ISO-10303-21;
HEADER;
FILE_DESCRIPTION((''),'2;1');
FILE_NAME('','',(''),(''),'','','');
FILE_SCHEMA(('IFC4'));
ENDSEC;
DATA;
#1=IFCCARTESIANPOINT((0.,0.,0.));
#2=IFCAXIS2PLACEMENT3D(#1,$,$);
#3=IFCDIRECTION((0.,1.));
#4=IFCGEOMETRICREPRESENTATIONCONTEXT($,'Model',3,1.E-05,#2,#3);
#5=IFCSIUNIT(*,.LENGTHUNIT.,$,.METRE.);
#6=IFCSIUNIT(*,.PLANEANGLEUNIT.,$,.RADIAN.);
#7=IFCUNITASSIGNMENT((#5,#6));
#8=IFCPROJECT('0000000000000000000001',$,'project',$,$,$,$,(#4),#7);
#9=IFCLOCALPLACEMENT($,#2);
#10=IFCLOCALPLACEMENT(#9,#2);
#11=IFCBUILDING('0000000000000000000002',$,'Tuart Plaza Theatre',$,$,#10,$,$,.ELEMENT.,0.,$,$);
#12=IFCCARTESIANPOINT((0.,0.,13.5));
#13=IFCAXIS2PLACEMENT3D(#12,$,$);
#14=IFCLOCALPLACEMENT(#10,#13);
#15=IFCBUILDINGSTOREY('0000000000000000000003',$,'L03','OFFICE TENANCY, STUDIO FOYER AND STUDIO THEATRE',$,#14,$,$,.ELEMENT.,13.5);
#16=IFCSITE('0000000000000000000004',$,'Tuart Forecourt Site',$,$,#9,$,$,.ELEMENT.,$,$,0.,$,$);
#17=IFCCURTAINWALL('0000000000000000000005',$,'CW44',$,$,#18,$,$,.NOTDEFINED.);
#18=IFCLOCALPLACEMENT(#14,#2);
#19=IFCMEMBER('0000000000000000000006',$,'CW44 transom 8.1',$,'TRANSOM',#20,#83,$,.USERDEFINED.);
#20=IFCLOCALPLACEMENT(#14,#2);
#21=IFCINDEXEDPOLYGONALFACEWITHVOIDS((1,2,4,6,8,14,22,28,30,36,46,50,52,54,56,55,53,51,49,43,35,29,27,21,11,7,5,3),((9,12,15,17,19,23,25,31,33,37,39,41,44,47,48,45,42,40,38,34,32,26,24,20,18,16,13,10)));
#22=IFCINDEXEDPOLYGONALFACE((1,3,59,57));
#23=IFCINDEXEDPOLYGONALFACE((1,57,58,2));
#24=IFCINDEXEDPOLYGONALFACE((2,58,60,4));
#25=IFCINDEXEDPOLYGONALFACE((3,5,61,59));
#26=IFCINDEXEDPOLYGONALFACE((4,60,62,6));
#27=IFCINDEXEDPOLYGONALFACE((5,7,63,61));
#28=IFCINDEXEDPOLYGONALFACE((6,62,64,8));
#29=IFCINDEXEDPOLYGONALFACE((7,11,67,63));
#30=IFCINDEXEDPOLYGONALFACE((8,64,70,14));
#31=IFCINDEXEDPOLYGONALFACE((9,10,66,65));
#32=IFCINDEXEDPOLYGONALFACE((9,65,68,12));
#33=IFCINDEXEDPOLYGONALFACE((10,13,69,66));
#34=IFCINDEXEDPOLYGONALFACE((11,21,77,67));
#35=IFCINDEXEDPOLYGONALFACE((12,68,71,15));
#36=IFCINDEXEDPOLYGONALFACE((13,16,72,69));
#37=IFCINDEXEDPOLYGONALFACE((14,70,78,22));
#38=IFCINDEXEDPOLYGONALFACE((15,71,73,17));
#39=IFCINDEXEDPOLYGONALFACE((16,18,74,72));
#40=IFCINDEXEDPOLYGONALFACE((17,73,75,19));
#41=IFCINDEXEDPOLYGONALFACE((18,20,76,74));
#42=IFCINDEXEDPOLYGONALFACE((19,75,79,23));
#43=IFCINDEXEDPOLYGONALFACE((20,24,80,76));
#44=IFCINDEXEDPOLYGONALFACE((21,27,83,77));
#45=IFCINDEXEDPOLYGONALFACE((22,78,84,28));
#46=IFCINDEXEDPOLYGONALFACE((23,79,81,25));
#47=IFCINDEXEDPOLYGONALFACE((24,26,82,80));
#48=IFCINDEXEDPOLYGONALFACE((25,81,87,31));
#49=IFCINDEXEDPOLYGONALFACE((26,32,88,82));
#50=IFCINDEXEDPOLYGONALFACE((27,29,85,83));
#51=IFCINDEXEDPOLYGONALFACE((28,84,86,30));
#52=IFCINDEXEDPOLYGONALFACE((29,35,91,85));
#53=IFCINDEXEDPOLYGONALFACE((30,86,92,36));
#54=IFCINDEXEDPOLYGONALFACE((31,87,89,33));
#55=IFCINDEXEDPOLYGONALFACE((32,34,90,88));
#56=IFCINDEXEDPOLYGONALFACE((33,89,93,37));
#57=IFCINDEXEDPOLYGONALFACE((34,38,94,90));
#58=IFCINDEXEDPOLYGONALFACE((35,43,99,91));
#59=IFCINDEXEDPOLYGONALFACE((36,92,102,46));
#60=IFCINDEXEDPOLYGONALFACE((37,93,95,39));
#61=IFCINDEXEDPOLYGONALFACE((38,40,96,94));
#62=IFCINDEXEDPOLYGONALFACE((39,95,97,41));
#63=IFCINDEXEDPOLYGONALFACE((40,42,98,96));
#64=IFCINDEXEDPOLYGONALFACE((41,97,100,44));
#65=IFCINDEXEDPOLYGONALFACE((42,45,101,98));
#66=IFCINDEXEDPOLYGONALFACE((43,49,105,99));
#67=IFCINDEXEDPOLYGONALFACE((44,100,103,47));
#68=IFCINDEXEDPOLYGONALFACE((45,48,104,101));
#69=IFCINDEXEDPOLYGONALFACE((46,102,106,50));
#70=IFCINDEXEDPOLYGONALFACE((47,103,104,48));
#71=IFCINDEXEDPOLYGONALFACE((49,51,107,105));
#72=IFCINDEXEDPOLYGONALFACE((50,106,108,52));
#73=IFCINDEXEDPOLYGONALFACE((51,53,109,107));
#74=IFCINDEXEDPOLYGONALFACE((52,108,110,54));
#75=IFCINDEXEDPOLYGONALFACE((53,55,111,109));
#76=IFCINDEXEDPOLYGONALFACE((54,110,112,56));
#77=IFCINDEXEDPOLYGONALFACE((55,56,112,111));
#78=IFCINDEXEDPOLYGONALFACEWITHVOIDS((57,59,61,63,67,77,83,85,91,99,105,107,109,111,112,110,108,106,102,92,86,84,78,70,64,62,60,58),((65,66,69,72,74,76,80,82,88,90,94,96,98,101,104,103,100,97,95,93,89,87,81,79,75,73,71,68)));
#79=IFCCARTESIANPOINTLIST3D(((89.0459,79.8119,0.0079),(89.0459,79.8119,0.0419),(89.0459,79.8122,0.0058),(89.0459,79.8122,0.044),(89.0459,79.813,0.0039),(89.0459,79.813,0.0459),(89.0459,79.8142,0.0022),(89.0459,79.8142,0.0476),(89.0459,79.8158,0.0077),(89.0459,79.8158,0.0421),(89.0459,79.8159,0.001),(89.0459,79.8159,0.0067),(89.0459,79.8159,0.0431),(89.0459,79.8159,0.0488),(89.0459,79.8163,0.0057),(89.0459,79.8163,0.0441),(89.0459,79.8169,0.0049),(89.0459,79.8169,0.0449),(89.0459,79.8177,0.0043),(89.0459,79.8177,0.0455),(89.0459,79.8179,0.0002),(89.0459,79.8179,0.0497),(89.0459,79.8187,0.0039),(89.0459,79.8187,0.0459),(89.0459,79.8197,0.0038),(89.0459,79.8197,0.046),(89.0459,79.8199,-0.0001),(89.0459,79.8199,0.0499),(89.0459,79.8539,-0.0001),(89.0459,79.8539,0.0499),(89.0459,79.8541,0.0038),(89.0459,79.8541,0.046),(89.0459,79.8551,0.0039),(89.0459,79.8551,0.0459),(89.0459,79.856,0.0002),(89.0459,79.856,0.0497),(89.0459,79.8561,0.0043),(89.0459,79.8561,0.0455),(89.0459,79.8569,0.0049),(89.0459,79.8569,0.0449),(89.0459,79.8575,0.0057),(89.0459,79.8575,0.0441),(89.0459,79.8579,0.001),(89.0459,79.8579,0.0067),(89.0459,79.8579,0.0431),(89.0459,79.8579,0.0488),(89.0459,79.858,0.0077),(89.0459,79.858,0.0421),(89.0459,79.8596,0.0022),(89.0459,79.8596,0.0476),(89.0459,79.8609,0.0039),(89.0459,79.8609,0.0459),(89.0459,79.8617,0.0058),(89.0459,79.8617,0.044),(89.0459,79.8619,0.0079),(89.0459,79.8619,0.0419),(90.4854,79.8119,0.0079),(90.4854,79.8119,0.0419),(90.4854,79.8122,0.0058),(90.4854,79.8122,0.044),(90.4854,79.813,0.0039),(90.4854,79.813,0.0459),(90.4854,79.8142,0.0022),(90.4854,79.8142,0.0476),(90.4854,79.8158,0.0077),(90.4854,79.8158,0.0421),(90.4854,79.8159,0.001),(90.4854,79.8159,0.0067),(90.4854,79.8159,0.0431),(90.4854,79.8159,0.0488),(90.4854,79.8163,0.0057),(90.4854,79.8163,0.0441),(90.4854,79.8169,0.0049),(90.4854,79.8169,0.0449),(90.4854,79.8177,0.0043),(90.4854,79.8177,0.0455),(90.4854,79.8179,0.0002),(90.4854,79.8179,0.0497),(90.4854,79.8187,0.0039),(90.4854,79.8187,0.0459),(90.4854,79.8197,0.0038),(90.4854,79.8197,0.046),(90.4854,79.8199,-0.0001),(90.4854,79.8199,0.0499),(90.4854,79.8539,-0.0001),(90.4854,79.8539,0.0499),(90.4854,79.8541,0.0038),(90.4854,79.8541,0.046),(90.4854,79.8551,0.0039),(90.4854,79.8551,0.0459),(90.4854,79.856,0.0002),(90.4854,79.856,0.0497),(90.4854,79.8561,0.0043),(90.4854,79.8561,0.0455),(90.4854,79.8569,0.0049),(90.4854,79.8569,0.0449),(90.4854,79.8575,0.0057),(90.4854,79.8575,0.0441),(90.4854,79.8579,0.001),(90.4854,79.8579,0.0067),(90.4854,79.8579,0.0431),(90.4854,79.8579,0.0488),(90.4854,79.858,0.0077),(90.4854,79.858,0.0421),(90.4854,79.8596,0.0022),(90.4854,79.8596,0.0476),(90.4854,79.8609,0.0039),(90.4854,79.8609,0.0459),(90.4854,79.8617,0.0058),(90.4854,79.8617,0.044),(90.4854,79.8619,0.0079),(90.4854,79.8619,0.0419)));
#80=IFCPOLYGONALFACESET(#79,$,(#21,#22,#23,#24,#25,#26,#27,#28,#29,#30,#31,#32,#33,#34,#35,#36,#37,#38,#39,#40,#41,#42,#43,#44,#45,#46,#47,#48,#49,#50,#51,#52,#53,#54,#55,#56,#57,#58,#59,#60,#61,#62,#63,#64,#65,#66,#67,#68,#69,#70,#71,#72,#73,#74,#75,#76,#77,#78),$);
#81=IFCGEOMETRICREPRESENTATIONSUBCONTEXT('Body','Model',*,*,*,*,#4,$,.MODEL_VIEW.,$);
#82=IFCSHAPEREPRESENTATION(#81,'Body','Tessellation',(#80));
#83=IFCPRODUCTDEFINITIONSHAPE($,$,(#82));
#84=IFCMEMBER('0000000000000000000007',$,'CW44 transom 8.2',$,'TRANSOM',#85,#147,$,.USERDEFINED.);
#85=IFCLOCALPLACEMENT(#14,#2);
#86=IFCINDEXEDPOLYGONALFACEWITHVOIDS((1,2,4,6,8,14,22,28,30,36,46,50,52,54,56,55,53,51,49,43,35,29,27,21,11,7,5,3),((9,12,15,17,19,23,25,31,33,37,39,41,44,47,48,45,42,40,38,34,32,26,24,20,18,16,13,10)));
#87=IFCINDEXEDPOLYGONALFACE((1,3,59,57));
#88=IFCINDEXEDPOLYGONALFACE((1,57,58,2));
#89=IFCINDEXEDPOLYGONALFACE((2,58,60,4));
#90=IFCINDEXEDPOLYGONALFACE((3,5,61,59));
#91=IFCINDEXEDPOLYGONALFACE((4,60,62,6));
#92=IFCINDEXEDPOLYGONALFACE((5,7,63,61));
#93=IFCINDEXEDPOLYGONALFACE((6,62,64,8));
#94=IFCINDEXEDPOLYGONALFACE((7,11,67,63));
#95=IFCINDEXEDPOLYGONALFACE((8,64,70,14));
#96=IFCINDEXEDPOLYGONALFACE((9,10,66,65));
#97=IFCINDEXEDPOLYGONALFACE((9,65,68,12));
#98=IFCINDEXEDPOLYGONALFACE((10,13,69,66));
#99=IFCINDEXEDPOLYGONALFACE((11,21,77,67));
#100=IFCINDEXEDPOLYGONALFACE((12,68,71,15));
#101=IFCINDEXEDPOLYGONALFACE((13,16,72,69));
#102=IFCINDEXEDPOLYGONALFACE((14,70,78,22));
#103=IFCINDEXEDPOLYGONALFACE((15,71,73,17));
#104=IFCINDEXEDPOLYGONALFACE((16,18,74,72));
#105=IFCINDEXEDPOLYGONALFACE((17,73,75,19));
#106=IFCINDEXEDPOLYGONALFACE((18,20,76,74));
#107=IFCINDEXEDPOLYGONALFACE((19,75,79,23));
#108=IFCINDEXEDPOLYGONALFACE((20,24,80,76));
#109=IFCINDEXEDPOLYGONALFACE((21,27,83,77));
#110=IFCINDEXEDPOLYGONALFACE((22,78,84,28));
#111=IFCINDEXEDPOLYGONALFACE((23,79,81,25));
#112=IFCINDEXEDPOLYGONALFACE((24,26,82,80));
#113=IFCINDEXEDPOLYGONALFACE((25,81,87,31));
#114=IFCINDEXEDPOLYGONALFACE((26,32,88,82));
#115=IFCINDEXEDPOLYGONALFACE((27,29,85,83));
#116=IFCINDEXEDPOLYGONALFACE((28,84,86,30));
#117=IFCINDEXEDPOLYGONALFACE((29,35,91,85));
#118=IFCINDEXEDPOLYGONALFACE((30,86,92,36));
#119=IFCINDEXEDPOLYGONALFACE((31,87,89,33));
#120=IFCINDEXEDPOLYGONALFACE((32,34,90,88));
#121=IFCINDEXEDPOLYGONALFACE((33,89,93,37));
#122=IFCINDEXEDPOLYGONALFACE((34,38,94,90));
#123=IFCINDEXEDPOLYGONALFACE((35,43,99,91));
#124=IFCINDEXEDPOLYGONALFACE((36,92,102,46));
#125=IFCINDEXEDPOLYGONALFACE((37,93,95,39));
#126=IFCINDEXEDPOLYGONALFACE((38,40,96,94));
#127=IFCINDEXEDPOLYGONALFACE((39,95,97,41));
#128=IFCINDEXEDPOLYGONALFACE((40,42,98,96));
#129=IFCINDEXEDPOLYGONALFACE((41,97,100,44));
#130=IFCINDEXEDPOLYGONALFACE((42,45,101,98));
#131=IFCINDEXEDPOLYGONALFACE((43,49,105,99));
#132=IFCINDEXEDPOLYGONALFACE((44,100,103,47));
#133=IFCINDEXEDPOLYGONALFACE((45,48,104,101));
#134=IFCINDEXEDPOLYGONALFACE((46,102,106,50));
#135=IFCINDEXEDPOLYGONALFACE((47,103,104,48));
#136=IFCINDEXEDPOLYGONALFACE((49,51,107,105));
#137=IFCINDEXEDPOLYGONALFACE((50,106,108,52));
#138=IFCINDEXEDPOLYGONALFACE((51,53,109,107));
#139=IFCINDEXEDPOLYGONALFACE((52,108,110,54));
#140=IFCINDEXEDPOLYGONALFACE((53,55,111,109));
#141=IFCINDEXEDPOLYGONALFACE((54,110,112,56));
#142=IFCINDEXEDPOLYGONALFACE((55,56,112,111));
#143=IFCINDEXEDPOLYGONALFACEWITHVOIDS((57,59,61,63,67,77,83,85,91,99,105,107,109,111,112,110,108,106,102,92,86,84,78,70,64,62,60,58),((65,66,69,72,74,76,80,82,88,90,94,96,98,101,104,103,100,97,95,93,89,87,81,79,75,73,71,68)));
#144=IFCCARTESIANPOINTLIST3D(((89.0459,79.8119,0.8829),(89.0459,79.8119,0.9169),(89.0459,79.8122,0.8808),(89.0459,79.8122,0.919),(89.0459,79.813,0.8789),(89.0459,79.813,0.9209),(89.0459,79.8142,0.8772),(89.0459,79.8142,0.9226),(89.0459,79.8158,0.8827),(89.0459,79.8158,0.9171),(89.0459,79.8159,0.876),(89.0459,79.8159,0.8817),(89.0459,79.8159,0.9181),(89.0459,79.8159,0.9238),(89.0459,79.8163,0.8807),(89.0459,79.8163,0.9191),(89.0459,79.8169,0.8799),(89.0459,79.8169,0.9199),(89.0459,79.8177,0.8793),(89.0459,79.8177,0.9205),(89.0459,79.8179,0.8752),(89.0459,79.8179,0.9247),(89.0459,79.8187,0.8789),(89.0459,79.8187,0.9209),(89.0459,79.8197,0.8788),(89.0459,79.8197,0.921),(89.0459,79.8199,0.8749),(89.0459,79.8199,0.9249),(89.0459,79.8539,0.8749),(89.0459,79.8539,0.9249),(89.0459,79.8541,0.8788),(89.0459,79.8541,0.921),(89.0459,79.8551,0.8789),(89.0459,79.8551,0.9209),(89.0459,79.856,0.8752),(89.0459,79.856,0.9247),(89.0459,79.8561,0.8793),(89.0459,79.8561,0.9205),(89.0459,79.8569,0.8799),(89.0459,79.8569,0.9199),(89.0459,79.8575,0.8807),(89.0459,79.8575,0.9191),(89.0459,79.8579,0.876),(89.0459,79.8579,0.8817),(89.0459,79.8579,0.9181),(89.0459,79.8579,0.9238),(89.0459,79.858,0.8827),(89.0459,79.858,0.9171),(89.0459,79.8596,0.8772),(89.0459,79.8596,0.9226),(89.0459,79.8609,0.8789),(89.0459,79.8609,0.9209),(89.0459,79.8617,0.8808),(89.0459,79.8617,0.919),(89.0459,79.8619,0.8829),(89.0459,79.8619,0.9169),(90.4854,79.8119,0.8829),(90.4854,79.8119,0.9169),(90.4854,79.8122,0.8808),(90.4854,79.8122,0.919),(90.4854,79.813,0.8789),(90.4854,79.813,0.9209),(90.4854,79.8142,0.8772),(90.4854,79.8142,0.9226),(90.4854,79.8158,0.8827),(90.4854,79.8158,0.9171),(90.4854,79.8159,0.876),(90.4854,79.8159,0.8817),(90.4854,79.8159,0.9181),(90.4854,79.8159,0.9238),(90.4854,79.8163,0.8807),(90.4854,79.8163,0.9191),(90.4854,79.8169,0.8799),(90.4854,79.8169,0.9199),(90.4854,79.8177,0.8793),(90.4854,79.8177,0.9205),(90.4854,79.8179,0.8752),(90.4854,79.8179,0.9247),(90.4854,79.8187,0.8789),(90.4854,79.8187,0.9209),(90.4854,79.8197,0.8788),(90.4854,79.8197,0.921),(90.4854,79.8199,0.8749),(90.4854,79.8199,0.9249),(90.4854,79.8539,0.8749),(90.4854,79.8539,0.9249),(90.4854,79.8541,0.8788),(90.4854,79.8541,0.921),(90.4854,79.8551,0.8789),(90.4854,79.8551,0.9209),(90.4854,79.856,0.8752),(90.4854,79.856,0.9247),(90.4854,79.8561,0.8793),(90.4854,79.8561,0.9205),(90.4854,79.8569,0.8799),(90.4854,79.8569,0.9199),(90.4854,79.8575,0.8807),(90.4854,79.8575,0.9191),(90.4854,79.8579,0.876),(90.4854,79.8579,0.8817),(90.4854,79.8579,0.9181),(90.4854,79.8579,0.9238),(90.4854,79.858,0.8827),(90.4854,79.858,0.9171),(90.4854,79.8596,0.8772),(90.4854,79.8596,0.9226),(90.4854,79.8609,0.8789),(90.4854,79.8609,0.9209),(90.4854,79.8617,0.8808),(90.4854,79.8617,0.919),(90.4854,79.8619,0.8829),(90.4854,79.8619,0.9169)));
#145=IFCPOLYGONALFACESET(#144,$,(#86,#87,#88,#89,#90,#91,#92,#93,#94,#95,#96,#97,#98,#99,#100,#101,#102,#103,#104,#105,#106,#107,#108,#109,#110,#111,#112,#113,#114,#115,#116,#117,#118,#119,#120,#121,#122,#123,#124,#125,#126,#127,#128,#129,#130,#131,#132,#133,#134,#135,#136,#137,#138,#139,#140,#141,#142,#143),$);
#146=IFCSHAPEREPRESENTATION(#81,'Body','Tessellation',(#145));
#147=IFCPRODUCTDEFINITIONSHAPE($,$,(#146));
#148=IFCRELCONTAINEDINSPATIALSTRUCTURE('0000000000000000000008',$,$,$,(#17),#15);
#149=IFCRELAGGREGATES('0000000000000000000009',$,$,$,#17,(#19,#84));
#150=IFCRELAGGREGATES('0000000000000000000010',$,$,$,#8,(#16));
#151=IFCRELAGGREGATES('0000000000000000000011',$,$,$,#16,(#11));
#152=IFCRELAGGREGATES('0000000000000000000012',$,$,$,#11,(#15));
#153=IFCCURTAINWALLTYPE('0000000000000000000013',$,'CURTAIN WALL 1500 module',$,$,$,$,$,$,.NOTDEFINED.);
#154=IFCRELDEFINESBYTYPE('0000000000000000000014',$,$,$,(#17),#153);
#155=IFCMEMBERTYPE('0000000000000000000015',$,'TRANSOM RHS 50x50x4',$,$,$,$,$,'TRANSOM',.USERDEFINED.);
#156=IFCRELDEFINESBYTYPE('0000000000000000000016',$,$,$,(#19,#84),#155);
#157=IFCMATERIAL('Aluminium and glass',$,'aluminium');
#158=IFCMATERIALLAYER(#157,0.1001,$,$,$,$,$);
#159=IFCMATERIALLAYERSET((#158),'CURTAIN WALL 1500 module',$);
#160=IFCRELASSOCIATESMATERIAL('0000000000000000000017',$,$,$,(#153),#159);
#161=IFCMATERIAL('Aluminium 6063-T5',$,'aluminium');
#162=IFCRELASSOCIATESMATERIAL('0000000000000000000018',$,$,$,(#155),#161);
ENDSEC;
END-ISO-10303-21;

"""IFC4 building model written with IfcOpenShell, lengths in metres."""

from ifc_helpers import new_model, si_unit, direction, frame, origin, origin_2d, place, context, subcontext, project, spatial, hollow_rectangle, extrude, material, layer, layer_set, material_profile, profile_set, type_object, element, aggregate, save


model = new_model("IFC4")

# Units and contexts
model_context = context("Model", 3, precision=1e-05, world=origin(), true_north=direction((0.0, 1.0)))
body_context = subcontext(model_context, "Body", "Model", "MODEL_VIEW")
ifc_project = project(units=[si_unit("LENGTHUNIT", "METRE"), si_unit("PLANEANGLEUNIT", "RADIAN")], contexts=[model_context])

# Site, building, storey
site_placement = place(None, origin())
site = spatial("IfcSite", under=ifc_project, at=site_placement, Name="Tuart Forecourt Site", CompositionType="ELEMENT", RefElevation=0.0)
building_placement = place(site_placement, origin())
building = spatial("IfcBuilding", under=site, at=building_placement, Name="Tuart Plaza Theatre", CompositionType="ELEMENT", ElevationOfRefHeight=0.0)
storey_placement = place(building_placement, frame((0.0, 0.0, 13.5)))
storey = spatial("IfcBuildingStorey", under=building, at=storey_placement, Name="L03", Description="OFFICE TENANCY, STUDIO FOYER AND STUDIO THEATRE", CompositionType="ELEMENT", Elevation=13.5)

# Curtain wall, members
ifc_material_1 = material(Name="Aluminium and glass", Category="aluminium")
ifc_layer_1 = layer(ifc_material_1, 0.1001)
ifc_layer_set_1 = layer_set([ifc_layer_1], Name="CURTAIN WALL 1500 module")
curtain_wall_type = type_object("IfcCurtainWallType", Name="CURTAIN WALL 1500 module", PredefinedType="NOTDEFINED", material=ifc_layer_set_1)
curtain_wall_placement = place(storey_placement, origin())
curtain_wall = element("IfcCurtainWall", 1, at=curtain_wall_placement, inside=storey, type_object=curtain_wall_type, Name="CW44", PredefinedType="NOTDEFINED")
ifc_material_2 = material(Name="Aluminium 6063-T5", Category="aluminium")
ifc_material_profile_1 = material_profile(ifc_material_2, hollow_rectangle(XDim=0.05, YDim=0.05, WallThickness=0.0039, InnerFilletRadius=0.0039, OuterFilletRadius=0.0081, at=origin_2d()), Name="RHS 50x50x4")
ifc_profile_set_1 = profile_set([ifc_material_profile_1], Name="Aluminium 6063-T5")
member_type_1 = type_object("IfcMemberType", Name="TRANSOM RHS 50x50x4", ElementType="TRANSOM", PredefinedType="USERDEFINED", material=ifc_profile_set_1)
member_1_placement = place(storey_placement, frame((89.0459, 79.8369, 0.0249), z_axis=(1.0, 0.0, 0.0), x_axis=(0.0, 1.0, 0.0)))
member_1 = element("IfcMember", 2, at=member_1_placement, type_object=member_type_1, Name="CW44 transom 8.1", ObjectType="TRANSOM", PredefinedType="USERDEFINED", context=body_context, shape_type="SweptSolid", body=[
    extrude(hollow_rectangle(XDim=0.05, YDim=0.05, WallThickness=0.0039, InnerFilletRadius=0.0039, OuterFilletRadius=0.0081, at=origin_2d()), origin(), (0.0, 0.0, 1.0), 1.4395),
])
member_2_placement = place(storey_placement, frame((89.0459, 79.8369, 0.8999), z_axis=(1.0, 0.0, 0.0), x_axis=(0.0, 1.0, 0.0)))
member_2 = element("IfcMember", 3, at=member_2_placement, type_object=member_type_1, Name="CW44 transom 8.2", ObjectType="TRANSOM", PredefinedType="USERDEFINED", context=body_context, shape_type="SweptSolid", body=[
    extrude(hollow_rectangle(XDim=0.05, YDim=0.05, WallThickness=0.0039, InnerFilletRadius=0.0039, OuterFilletRadius=0.0081, at=origin_2d()), origin(), (0.0, 0.0, 1.0), 1.4395),
])
aggregate(curtain_wall, [member_1, member_2])

save(model, "model.ifc")
